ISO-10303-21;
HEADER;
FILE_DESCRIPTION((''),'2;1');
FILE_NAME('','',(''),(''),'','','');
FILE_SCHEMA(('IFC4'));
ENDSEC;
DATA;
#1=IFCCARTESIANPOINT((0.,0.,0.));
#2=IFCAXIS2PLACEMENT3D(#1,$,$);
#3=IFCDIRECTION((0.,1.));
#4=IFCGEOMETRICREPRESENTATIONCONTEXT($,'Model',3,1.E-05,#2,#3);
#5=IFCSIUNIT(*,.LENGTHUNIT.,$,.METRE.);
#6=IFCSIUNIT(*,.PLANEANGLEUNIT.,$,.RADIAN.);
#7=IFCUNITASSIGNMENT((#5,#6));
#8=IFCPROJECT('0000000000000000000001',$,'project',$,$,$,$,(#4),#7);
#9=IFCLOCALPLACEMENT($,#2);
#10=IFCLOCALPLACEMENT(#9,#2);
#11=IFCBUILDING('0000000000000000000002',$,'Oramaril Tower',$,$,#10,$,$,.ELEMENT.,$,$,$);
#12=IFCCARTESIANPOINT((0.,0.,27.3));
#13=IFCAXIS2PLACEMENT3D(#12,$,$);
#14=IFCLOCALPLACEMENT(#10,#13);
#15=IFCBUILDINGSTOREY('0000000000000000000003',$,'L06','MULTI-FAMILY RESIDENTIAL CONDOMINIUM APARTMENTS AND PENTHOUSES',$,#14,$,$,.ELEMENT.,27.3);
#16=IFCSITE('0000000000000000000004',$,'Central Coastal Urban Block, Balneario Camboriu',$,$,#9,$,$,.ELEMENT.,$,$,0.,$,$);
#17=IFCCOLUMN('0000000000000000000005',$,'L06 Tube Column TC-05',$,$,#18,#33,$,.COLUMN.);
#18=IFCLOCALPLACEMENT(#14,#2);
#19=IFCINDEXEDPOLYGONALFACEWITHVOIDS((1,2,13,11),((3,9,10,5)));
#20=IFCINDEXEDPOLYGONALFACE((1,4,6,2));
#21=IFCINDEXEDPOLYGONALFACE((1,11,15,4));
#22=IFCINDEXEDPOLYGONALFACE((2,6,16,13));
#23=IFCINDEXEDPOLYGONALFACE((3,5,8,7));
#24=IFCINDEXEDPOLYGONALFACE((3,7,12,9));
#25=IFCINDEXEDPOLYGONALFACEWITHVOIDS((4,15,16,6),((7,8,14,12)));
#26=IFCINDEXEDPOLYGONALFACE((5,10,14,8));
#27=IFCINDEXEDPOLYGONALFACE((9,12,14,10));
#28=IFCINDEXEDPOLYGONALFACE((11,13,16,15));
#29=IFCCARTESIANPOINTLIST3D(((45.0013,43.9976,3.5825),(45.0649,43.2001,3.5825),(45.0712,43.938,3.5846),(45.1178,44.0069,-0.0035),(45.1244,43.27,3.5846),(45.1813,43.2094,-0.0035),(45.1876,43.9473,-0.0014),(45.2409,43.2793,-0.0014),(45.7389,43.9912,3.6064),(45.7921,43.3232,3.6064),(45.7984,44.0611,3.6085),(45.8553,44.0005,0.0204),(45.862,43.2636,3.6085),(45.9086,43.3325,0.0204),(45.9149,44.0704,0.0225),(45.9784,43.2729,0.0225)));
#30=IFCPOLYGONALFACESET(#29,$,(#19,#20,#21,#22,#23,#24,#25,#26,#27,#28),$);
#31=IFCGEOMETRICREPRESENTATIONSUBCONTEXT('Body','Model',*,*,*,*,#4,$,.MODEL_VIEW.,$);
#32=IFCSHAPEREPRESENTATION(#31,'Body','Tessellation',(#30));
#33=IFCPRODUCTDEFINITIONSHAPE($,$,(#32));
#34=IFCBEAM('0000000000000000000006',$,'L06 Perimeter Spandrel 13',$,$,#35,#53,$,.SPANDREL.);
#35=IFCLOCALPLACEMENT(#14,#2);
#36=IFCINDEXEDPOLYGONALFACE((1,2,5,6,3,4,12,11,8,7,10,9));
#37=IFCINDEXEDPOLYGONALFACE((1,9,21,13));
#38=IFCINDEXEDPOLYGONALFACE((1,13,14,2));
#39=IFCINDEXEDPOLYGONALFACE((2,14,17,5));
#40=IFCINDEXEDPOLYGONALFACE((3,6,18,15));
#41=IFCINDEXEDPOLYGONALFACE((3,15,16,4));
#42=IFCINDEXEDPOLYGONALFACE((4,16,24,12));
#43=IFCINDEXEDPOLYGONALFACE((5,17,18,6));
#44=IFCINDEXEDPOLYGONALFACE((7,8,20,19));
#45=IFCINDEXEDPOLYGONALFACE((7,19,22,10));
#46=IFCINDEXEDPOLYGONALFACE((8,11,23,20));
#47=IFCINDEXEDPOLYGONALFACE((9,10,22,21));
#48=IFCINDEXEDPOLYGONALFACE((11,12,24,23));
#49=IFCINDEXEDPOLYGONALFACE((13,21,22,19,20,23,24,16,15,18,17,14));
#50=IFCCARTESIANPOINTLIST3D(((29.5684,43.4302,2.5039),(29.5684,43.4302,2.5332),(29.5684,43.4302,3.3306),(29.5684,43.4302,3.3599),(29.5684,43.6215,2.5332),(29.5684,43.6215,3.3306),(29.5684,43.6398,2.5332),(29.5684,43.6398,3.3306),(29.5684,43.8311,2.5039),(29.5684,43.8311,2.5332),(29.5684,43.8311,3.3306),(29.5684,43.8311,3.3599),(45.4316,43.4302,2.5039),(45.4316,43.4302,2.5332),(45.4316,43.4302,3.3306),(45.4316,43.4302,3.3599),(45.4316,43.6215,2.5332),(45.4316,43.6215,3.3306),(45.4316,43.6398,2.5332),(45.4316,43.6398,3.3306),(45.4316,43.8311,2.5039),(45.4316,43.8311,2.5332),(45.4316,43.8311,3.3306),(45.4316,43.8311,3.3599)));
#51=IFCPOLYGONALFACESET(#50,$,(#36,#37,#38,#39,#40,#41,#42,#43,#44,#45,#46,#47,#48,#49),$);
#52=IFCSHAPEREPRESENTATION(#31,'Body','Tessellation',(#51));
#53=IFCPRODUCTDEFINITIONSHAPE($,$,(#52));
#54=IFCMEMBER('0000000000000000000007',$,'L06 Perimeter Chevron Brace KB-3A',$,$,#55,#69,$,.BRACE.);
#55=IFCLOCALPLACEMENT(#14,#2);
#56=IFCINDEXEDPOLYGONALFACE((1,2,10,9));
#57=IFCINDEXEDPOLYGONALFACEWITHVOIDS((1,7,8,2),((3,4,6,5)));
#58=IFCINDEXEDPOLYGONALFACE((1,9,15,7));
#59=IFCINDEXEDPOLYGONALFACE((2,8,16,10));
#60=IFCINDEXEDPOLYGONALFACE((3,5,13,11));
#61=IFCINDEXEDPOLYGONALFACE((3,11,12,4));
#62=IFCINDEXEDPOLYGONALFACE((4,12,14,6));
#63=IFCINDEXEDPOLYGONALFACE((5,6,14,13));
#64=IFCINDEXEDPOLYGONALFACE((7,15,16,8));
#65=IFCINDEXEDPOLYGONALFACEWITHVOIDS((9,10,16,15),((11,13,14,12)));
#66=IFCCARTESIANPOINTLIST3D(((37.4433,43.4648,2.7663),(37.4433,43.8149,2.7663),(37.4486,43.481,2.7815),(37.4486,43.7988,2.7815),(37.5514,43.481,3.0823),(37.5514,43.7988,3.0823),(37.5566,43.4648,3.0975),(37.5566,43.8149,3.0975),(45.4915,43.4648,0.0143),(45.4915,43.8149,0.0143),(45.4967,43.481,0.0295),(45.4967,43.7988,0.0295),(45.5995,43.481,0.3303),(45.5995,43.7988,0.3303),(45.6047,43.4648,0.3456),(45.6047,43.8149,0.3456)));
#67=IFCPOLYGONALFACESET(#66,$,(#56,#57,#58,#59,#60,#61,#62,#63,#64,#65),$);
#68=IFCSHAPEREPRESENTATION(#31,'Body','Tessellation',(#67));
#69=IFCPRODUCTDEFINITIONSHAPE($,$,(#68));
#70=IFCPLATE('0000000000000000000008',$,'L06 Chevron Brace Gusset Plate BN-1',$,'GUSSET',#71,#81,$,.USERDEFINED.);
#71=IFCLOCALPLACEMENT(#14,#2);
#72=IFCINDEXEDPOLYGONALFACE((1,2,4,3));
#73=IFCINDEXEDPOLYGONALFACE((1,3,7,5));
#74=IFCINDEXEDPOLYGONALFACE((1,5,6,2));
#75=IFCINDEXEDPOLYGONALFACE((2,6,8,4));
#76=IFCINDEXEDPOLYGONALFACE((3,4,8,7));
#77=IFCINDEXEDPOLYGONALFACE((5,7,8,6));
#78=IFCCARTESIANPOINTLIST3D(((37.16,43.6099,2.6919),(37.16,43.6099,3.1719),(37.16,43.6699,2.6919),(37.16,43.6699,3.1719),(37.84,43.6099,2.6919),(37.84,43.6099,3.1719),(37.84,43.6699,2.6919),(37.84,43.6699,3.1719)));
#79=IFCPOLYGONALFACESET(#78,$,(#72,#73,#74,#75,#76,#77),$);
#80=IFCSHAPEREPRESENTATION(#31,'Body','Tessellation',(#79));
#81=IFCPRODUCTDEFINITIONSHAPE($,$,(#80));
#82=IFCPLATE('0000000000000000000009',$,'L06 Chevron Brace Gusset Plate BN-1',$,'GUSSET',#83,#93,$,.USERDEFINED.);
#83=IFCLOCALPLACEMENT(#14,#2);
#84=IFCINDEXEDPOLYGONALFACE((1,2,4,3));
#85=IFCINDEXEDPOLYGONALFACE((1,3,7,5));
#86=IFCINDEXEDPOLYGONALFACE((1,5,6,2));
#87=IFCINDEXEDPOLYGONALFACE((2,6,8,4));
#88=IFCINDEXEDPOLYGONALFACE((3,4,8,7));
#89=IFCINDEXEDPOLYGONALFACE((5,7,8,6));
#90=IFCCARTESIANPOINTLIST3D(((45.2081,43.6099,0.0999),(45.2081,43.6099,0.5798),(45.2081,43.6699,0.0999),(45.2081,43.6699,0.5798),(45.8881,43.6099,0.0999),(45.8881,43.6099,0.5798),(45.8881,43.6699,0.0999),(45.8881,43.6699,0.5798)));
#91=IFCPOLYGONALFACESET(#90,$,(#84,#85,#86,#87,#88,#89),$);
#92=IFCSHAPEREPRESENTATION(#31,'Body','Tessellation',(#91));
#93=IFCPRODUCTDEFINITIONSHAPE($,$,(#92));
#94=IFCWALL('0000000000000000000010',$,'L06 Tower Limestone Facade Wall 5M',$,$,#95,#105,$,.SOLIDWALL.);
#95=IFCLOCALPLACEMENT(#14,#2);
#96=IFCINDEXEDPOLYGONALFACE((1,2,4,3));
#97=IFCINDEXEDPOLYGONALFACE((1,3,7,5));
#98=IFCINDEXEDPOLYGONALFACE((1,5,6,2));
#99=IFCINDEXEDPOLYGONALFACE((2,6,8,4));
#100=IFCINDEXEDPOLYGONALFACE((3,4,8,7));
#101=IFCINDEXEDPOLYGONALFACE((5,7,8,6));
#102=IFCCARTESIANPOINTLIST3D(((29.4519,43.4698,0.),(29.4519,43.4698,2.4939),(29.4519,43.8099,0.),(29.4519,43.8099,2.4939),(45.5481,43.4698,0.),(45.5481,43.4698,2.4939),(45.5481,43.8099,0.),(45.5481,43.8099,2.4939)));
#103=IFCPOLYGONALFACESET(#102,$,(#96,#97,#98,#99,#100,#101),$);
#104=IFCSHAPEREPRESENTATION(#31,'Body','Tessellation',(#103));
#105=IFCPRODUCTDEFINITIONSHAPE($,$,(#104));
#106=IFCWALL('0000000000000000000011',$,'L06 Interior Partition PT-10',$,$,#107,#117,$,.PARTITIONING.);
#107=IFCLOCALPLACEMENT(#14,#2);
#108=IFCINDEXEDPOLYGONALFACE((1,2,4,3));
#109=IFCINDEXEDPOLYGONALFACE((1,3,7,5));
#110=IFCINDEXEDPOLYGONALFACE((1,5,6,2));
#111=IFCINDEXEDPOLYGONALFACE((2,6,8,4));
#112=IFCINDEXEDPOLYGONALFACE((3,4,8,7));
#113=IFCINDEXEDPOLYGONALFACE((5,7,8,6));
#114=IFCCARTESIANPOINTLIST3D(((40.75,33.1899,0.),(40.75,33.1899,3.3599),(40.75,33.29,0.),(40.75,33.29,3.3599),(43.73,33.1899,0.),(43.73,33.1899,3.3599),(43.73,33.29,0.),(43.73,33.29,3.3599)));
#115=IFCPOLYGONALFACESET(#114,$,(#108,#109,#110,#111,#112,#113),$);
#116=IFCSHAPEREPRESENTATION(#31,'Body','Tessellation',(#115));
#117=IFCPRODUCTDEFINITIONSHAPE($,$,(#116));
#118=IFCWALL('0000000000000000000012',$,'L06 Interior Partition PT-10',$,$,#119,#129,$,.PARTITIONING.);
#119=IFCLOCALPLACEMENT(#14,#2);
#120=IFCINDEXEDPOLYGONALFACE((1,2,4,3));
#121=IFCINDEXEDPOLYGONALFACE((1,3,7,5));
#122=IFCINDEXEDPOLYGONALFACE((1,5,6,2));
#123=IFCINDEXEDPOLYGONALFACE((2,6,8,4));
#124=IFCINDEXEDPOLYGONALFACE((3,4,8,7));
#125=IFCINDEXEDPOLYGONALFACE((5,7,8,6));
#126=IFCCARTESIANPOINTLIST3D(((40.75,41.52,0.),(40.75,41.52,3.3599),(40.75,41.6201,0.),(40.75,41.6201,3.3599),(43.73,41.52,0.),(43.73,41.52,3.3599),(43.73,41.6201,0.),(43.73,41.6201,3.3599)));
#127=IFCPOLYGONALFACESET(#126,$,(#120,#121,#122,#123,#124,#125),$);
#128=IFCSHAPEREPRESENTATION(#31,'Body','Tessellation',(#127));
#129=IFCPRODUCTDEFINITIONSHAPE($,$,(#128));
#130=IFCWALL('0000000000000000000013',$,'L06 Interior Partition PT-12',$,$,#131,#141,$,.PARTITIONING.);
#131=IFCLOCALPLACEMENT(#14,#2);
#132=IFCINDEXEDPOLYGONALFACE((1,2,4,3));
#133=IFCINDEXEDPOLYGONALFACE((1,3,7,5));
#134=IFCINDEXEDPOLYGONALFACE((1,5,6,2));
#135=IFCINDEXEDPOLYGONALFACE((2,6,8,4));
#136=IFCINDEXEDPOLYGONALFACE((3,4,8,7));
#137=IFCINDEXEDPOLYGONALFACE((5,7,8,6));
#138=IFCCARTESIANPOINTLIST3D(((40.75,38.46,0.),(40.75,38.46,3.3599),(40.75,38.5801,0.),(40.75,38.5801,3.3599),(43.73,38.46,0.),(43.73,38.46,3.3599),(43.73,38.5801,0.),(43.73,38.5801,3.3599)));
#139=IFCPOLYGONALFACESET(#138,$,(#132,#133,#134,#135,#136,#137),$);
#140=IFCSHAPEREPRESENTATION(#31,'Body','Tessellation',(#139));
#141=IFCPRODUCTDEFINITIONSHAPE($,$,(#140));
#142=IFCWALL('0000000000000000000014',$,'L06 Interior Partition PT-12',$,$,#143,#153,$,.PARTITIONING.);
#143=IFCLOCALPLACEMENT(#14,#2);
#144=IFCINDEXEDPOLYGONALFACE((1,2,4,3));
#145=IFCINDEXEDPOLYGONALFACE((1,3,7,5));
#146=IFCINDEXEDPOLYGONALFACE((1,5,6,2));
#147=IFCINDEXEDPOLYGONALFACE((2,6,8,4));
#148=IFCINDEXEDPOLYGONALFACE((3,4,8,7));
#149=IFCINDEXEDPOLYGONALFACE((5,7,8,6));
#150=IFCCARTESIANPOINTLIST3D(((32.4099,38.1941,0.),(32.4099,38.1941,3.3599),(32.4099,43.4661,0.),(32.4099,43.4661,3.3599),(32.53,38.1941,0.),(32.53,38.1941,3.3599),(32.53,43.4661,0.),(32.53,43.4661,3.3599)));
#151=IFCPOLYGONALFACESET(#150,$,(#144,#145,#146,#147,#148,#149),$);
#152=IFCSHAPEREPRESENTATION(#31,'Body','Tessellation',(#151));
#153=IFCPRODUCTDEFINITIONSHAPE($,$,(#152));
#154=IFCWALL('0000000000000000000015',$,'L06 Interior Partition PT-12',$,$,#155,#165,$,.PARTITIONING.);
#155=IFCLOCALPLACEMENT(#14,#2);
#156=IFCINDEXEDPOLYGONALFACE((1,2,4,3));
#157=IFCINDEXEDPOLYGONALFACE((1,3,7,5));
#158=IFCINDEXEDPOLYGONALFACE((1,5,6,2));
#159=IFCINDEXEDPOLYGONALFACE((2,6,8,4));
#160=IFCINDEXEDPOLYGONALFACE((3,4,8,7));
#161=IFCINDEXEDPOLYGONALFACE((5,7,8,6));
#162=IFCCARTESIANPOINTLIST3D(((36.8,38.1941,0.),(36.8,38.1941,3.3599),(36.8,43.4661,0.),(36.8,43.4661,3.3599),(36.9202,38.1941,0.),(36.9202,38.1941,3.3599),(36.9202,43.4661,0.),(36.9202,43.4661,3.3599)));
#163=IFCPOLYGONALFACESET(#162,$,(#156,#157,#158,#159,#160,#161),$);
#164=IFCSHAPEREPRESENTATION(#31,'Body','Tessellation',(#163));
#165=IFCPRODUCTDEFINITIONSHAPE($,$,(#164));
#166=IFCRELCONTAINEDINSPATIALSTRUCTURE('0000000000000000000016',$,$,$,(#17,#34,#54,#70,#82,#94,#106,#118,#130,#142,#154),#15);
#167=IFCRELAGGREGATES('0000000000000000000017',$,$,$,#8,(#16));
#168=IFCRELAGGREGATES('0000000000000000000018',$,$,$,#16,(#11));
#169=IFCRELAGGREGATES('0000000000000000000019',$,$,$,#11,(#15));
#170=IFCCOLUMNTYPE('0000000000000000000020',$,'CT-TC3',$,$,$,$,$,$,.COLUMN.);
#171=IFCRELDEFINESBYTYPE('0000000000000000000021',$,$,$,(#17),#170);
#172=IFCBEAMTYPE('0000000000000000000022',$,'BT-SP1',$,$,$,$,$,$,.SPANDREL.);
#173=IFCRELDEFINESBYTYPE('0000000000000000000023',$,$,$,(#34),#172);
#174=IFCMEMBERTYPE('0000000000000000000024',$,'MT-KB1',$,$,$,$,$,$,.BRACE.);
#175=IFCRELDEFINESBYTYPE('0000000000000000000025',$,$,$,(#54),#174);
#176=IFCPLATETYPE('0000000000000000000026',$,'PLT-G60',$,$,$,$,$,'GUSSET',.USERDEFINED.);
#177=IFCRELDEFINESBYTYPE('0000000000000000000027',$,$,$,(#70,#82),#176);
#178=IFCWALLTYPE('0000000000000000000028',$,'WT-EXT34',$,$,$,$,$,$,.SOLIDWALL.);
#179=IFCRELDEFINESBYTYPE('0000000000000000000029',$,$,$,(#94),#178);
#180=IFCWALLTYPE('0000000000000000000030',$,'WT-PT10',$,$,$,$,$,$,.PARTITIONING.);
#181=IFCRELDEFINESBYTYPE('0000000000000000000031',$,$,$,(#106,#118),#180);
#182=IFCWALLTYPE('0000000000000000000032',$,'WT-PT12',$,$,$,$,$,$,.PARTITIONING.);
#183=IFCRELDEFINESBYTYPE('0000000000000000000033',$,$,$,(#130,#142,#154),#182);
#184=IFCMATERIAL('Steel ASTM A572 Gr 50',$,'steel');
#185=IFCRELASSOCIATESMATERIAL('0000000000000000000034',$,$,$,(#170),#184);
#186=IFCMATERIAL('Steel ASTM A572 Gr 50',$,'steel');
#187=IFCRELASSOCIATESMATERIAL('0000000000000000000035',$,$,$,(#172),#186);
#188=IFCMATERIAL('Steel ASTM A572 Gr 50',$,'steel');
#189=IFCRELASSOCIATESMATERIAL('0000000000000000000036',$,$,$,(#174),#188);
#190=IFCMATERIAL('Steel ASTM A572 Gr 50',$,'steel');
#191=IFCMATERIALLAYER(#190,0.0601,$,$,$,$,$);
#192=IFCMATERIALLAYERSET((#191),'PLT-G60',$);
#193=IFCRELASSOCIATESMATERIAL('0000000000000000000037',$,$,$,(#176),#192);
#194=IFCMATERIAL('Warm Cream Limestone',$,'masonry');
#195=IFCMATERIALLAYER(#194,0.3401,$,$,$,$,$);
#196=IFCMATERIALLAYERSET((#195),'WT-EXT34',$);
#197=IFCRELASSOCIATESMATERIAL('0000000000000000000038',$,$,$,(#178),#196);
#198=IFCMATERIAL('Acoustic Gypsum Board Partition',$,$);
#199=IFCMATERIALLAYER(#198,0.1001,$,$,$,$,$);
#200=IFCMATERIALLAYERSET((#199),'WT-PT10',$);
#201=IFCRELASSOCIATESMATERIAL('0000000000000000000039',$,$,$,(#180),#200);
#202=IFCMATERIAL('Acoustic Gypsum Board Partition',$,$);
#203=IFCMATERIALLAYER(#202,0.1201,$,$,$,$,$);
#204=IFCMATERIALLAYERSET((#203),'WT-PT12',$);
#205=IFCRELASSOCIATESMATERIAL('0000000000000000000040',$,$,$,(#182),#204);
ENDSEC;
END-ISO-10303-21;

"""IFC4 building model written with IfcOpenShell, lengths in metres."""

from ifc_helpers import new_model, si_unit, direction, frame, frame_2d, origin, origin_2d, place, context, subcontext, project, spatial, rectangle, hollow_rectangle, i_section, extrude, material, layer, layer_set, material_profile, profile_set, type_object, element, save


model = new_model("IFC4")

# Units and contexts
model_context = context("Model", 3, precision=1e-05, world=origin(), true_north=direction((0.0, 1.0)))
body_context = subcontext(model_context, "Body", "Model", "MODEL_VIEW")
ifc_project = project(units=[si_unit("LENGTHUNIT", "METRE"), si_unit("PLANEANGLEUNIT", "RADIAN")], contexts=[model_context])

# Site, building, storey
site_placement = place(None, origin())
site = spatial("IfcSite", under=ifc_project, at=site_placement, Name="Central Coastal Urban Block, Balneario Camboriu", CompositionType="ELEMENT", RefElevation=0.0)
building_placement = place(site_placement, origin())
building = spatial("IfcBuilding", under=site, at=building_placement, Name="Oramaril Tower", CompositionType="ELEMENT")
storey_placement = place(building_placement, frame((0.0, 0.0, 27.3)))
storey = spatial("IfcBuildingStorey", under=building, at=storey_placement, Name="L06", Description="MULTI-FAMILY RESIDENTIAL CONDOMINIUM APARTMENTS AND PENTHOUSES", CompositionType="ELEMENT", Elevation=27.3)

# Column
ifc_material_1 = material(Name="Steel ASTM A572 Gr 50", Category="steel")
ifc_material_profile_1 = material_profile(ifc_material_1, hollow_rectangle(XDim=0.8, YDim=0.8, WallThickness=0.0649, at=origin_2d()), Name="BOX800X800X65")
ifc_profile_set_1 = profile_set([ifc_material_profile_1], Name="Steel ASTM A572 Gr 50")
column_type = type_object("IfcColumnType", Name="CT-TC3", PredefinedType="COLUMN", material=ifc_profile_set_1)
column_placement = place(storey_placement, frame((45.5481, 43.6399, 0.0095), z_axis=(-0.032458, -0.002586, 0.99947), x_axis=(0.079413, -0.996842, 0.0)))
element("IfcColumn", 1, at=column_placement, inside=storey, type_object=column_type, Name="L06 Tube Column TC-05", PredefinedType="COLUMN", context=body_context, shape_type="SweptSolid", body=[
    extrude(hollow_rectangle(XDim=0.8, YDim=0.8, WallThickness=0.0649, at=origin_2d()), origin(), (0.0, 0.0, 1.0), 3.5879),
])

# Beam
ifc_material_2 = material(Name="Steel ASTM A572 Gr 50", Category="steel")
ifc_material_profile_2 = material_profile(ifc_material_2, i_section(OverallWidth=0.4009, OverallDepth=0.856, WebThickness=0.0183, FlangeThickness=0.0293, at=origin_2d()), Name="W33X201")
ifc_profile_set_2 = profile_set([ifc_material_profile_2], Name="Steel ASTM A572 Gr 50")
beam_type = type_object("IfcBeamType", Name="BT-SP1", PredefinedType="SPANDREL", material=ifc_profile_set_2)
beam_placement = place(storey_placement, frame((45.4316, 43.6306, 2.9319), z_axis=(-1.0, 0.0, 0.0), x_axis=(0.0, -1.0, 0.0)))
element("IfcBeam", 2, at=beam_placement, inside=storey, type_object=beam_type, Name="L06 Perimeter Spandrel 13", PredefinedType="SPANDREL", context=body_context, shape_type="SweptSolid", body=[
    extrude(i_section(OverallWidth=0.4009, OverallDepth=0.856, WebThickness=0.0183, FlangeThickness=0.0293, at=origin_2d()), origin(), (0.0, 0.0, 1.0), 15.8633),
])

# Member
ifc_material_3 = material(Name="Steel ASTM A572 Gr 50", Category="steel")
ifc_material_profile_3 = material_profile(ifc_material_3, hollow_rectangle(XDim=0.3501, YDim=0.3501, WallThickness=0.0161, at=origin_2d()), Name="HSS350X350X16")
ifc_profile_set_3 = profile_set([ifc_material_profile_3], Name="Steel ASTM A572 Gr 50")
member_type = type_object("IfcMemberType", Name="MT-KB1", PredefinedType="BRACE", material=ifc_profile_set_3)
member_placement = place(storey_placement, frame((45.5481, 43.6399, 0.1799), z_axis=(-0.946212, 0.0, 0.323546), x_axis=(0.0, -1.0, 0.0)))
element("IfcMember", 3, at=member_placement, inside=storey, type_object=member_type, Name="L06 Perimeter Chevron Brace KB-3A", PredefinedType="BRACE", context=body_context, shape_type="SweptSolid", body=[
    extrude(hollow_rectangle(XDim=0.3501, YDim=0.3501, WallThickness=0.0161, at=origin_2d()), origin(), (0.0, 0.0, 1.0), 8.5056),
])

# Plates
ifc_material_4 = material(Name="Steel ASTM A572 Gr 50", Category="steel")
ifc_layer_1 = layer(ifc_material_4, 0.0601)
ifc_layer_set_1 = layer_set([ifc_layer_1], Name="PLT-G60")
plate_type = type_object("IfcPlateType", Name="PLT-G60", ElementType="GUSSET", PredefinedType="USERDEFINED", material=ifc_layer_set_1)
for number, where, z_axis, x_axis, name in (
    (4, (37.5, 43.6399, 2.6919), (0.0, 0.0, 1.0), (-1.0, 0.0, 0.0), "L06 Chevron Brace Gusset Plate BN-1"),
    (5, (45.5481, 43.6399, 0.0999), (0.0, 0.0, 1.0), (-1.0, 0.0, 0.0), "L06 Chevron Brace Gusset Plate BN-1"),
):
    element("IfcPlate", number, at=place(storey_placement, frame(where, z_axis=z_axis, x_axis=x_axis)), inside=storey, type_object=plate_type, Name=name, ObjectType="GUSSET", PredefinedType="USERDEFINED", context=body_context, shape_type="SweptSolid", body=[
        extrude(rectangle(XDim=0.6799, YDim=0.0601, at=origin_2d()), origin(), (0.0, 0.0, 1.0), 0.48),
    ])

# Walls
ifc_material_5 = material(Name="Warm Cream Limestone", Category="masonry")
ifc_layer_2 = layer(ifc_material_5, 0.3401)
ifc_layer_set_2 = layer_set([ifc_layer_2], Name="WT-EXT34")
wall_type_1 = type_object("IfcWallType", Name="WT-EXT34", PredefinedType="SOLIDWALL", material=ifc_layer_set_2)
wall_1_placement = place(storey_placement, frame((45.5481, 43.6399, 0.0), z_axis=(0.0, 0.0, 1.0), x_axis=(-1.0, 0.0, 0.0)))
element("IfcWall", 6, at=wall_1_placement, inside=storey, type_object=wall_type_1, Name="L06 Tower Limestone Facade Wall 5M", PredefinedType="SOLIDWALL", context=body_context, shape_type="SweptSolid", body=[
    extrude(rectangle(XDim=16.0962, YDim=0.3401, at=frame_2d((8.0481, 0.0))), origin(), (0.0, 0.0, 1.0), 2.4939),
])
ifc_material_6 = material(Name="Acoustic Gypsum Board Partition")
ifc_layer_3 = layer(ifc_material_6, 0.1001)
ifc_layer_set_3 = layer_set([ifc_layer_3], Name="WT-PT10")
wall_type_2 = type_object("IfcWallType", Name="WT-PT10", PredefinedType="PARTITIONING", material=ifc_layer_set_3)
for number, where, z_axis, x_axis, name in (
    (7, (40.75, 33.24, 0.0), (0.0, 0.0, 1.0), (1.0, 0.0, 0.0), "L06 Interior Partition PT-10"),
    (8, (40.75, 41.5701, 0.0), (0.0, 0.0, 1.0), (1.0, 0.0, 0.0), "L06 Interior Partition PT-10"),
):
    element("IfcWall", number, at=place(storey_placement, frame(where, z_axis=z_axis, x_axis=x_axis)), inside=storey, type_object=wall_type_2, Name=name, PredefinedType="PARTITIONING", context=body_context, shape_type="SweptSolid", body=[
        extrude(rectangle(XDim=2.98, YDim=0.1001, at=frame_2d((1.49, 0.0))), origin(), (0.0, 0.0, 1.0), 3.3599),
    ])
ifc_material_7 = material(Name="Acoustic Gypsum Board Partition")
ifc_layer_4 = layer(ifc_material_7, 0.1201)
ifc_layer_set_4 = layer_set([ifc_layer_4], Name="WT-PT12")
wall_type_3 = type_object("IfcWallType", Name="WT-PT12", PredefinedType="PARTITIONING", material=ifc_layer_set_4)
wall_2_placement = place(storey_placement, frame((40.75, 38.52, 0.0), z_axis=(0.0, 0.0, 1.0), x_axis=(1.0, 0.0, 0.0)))
element("IfcWall", 9, at=wall_2_placement, inside=storey, type_object=wall_type_3, Name="L06 Interior Partition PT-12", PredefinedType="PARTITIONING", context=body_context, shape_type="SweptSolid", body=[
    extrude(rectangle(XDim=2.98, YDim=0.1201, at=frame_2d((1.49, 0.0))), origin(), (0.0, 0.0, 1.0), 3.3599),
])
for number, where, z_axis, x_axis, name in (
    (10, (32.47, 38.1941, 0.0), (0.0, 0.0, 1.0), (0.0, 1.0, 0.0), "L06 Interior Partition PT-12"),
    (11, (36.8601, 38.1941, 0.0), (0.0, 0.0, 1.0), (0.0, 1.0, 0.0), "L06 Interior Partition PT-12"),
):
    element("IfcWall", number, at=place(storey_placement, frame(where, z_axis=z_axis, x_axis=x_axis)), inside=storey, type_object=wall_type_3, Name=name, PredefinedType="PARTITIONING", context=body_context, shape_type="SweptSolid", body=[
        extrude(rectangle(XDim=5.272, YDim=0.1201, at=frame_2d((2.636, 0.0))), origin(), (0.0, 0.0, 1.0), 3.3599),
    ])

save(model, "model.ifc")
